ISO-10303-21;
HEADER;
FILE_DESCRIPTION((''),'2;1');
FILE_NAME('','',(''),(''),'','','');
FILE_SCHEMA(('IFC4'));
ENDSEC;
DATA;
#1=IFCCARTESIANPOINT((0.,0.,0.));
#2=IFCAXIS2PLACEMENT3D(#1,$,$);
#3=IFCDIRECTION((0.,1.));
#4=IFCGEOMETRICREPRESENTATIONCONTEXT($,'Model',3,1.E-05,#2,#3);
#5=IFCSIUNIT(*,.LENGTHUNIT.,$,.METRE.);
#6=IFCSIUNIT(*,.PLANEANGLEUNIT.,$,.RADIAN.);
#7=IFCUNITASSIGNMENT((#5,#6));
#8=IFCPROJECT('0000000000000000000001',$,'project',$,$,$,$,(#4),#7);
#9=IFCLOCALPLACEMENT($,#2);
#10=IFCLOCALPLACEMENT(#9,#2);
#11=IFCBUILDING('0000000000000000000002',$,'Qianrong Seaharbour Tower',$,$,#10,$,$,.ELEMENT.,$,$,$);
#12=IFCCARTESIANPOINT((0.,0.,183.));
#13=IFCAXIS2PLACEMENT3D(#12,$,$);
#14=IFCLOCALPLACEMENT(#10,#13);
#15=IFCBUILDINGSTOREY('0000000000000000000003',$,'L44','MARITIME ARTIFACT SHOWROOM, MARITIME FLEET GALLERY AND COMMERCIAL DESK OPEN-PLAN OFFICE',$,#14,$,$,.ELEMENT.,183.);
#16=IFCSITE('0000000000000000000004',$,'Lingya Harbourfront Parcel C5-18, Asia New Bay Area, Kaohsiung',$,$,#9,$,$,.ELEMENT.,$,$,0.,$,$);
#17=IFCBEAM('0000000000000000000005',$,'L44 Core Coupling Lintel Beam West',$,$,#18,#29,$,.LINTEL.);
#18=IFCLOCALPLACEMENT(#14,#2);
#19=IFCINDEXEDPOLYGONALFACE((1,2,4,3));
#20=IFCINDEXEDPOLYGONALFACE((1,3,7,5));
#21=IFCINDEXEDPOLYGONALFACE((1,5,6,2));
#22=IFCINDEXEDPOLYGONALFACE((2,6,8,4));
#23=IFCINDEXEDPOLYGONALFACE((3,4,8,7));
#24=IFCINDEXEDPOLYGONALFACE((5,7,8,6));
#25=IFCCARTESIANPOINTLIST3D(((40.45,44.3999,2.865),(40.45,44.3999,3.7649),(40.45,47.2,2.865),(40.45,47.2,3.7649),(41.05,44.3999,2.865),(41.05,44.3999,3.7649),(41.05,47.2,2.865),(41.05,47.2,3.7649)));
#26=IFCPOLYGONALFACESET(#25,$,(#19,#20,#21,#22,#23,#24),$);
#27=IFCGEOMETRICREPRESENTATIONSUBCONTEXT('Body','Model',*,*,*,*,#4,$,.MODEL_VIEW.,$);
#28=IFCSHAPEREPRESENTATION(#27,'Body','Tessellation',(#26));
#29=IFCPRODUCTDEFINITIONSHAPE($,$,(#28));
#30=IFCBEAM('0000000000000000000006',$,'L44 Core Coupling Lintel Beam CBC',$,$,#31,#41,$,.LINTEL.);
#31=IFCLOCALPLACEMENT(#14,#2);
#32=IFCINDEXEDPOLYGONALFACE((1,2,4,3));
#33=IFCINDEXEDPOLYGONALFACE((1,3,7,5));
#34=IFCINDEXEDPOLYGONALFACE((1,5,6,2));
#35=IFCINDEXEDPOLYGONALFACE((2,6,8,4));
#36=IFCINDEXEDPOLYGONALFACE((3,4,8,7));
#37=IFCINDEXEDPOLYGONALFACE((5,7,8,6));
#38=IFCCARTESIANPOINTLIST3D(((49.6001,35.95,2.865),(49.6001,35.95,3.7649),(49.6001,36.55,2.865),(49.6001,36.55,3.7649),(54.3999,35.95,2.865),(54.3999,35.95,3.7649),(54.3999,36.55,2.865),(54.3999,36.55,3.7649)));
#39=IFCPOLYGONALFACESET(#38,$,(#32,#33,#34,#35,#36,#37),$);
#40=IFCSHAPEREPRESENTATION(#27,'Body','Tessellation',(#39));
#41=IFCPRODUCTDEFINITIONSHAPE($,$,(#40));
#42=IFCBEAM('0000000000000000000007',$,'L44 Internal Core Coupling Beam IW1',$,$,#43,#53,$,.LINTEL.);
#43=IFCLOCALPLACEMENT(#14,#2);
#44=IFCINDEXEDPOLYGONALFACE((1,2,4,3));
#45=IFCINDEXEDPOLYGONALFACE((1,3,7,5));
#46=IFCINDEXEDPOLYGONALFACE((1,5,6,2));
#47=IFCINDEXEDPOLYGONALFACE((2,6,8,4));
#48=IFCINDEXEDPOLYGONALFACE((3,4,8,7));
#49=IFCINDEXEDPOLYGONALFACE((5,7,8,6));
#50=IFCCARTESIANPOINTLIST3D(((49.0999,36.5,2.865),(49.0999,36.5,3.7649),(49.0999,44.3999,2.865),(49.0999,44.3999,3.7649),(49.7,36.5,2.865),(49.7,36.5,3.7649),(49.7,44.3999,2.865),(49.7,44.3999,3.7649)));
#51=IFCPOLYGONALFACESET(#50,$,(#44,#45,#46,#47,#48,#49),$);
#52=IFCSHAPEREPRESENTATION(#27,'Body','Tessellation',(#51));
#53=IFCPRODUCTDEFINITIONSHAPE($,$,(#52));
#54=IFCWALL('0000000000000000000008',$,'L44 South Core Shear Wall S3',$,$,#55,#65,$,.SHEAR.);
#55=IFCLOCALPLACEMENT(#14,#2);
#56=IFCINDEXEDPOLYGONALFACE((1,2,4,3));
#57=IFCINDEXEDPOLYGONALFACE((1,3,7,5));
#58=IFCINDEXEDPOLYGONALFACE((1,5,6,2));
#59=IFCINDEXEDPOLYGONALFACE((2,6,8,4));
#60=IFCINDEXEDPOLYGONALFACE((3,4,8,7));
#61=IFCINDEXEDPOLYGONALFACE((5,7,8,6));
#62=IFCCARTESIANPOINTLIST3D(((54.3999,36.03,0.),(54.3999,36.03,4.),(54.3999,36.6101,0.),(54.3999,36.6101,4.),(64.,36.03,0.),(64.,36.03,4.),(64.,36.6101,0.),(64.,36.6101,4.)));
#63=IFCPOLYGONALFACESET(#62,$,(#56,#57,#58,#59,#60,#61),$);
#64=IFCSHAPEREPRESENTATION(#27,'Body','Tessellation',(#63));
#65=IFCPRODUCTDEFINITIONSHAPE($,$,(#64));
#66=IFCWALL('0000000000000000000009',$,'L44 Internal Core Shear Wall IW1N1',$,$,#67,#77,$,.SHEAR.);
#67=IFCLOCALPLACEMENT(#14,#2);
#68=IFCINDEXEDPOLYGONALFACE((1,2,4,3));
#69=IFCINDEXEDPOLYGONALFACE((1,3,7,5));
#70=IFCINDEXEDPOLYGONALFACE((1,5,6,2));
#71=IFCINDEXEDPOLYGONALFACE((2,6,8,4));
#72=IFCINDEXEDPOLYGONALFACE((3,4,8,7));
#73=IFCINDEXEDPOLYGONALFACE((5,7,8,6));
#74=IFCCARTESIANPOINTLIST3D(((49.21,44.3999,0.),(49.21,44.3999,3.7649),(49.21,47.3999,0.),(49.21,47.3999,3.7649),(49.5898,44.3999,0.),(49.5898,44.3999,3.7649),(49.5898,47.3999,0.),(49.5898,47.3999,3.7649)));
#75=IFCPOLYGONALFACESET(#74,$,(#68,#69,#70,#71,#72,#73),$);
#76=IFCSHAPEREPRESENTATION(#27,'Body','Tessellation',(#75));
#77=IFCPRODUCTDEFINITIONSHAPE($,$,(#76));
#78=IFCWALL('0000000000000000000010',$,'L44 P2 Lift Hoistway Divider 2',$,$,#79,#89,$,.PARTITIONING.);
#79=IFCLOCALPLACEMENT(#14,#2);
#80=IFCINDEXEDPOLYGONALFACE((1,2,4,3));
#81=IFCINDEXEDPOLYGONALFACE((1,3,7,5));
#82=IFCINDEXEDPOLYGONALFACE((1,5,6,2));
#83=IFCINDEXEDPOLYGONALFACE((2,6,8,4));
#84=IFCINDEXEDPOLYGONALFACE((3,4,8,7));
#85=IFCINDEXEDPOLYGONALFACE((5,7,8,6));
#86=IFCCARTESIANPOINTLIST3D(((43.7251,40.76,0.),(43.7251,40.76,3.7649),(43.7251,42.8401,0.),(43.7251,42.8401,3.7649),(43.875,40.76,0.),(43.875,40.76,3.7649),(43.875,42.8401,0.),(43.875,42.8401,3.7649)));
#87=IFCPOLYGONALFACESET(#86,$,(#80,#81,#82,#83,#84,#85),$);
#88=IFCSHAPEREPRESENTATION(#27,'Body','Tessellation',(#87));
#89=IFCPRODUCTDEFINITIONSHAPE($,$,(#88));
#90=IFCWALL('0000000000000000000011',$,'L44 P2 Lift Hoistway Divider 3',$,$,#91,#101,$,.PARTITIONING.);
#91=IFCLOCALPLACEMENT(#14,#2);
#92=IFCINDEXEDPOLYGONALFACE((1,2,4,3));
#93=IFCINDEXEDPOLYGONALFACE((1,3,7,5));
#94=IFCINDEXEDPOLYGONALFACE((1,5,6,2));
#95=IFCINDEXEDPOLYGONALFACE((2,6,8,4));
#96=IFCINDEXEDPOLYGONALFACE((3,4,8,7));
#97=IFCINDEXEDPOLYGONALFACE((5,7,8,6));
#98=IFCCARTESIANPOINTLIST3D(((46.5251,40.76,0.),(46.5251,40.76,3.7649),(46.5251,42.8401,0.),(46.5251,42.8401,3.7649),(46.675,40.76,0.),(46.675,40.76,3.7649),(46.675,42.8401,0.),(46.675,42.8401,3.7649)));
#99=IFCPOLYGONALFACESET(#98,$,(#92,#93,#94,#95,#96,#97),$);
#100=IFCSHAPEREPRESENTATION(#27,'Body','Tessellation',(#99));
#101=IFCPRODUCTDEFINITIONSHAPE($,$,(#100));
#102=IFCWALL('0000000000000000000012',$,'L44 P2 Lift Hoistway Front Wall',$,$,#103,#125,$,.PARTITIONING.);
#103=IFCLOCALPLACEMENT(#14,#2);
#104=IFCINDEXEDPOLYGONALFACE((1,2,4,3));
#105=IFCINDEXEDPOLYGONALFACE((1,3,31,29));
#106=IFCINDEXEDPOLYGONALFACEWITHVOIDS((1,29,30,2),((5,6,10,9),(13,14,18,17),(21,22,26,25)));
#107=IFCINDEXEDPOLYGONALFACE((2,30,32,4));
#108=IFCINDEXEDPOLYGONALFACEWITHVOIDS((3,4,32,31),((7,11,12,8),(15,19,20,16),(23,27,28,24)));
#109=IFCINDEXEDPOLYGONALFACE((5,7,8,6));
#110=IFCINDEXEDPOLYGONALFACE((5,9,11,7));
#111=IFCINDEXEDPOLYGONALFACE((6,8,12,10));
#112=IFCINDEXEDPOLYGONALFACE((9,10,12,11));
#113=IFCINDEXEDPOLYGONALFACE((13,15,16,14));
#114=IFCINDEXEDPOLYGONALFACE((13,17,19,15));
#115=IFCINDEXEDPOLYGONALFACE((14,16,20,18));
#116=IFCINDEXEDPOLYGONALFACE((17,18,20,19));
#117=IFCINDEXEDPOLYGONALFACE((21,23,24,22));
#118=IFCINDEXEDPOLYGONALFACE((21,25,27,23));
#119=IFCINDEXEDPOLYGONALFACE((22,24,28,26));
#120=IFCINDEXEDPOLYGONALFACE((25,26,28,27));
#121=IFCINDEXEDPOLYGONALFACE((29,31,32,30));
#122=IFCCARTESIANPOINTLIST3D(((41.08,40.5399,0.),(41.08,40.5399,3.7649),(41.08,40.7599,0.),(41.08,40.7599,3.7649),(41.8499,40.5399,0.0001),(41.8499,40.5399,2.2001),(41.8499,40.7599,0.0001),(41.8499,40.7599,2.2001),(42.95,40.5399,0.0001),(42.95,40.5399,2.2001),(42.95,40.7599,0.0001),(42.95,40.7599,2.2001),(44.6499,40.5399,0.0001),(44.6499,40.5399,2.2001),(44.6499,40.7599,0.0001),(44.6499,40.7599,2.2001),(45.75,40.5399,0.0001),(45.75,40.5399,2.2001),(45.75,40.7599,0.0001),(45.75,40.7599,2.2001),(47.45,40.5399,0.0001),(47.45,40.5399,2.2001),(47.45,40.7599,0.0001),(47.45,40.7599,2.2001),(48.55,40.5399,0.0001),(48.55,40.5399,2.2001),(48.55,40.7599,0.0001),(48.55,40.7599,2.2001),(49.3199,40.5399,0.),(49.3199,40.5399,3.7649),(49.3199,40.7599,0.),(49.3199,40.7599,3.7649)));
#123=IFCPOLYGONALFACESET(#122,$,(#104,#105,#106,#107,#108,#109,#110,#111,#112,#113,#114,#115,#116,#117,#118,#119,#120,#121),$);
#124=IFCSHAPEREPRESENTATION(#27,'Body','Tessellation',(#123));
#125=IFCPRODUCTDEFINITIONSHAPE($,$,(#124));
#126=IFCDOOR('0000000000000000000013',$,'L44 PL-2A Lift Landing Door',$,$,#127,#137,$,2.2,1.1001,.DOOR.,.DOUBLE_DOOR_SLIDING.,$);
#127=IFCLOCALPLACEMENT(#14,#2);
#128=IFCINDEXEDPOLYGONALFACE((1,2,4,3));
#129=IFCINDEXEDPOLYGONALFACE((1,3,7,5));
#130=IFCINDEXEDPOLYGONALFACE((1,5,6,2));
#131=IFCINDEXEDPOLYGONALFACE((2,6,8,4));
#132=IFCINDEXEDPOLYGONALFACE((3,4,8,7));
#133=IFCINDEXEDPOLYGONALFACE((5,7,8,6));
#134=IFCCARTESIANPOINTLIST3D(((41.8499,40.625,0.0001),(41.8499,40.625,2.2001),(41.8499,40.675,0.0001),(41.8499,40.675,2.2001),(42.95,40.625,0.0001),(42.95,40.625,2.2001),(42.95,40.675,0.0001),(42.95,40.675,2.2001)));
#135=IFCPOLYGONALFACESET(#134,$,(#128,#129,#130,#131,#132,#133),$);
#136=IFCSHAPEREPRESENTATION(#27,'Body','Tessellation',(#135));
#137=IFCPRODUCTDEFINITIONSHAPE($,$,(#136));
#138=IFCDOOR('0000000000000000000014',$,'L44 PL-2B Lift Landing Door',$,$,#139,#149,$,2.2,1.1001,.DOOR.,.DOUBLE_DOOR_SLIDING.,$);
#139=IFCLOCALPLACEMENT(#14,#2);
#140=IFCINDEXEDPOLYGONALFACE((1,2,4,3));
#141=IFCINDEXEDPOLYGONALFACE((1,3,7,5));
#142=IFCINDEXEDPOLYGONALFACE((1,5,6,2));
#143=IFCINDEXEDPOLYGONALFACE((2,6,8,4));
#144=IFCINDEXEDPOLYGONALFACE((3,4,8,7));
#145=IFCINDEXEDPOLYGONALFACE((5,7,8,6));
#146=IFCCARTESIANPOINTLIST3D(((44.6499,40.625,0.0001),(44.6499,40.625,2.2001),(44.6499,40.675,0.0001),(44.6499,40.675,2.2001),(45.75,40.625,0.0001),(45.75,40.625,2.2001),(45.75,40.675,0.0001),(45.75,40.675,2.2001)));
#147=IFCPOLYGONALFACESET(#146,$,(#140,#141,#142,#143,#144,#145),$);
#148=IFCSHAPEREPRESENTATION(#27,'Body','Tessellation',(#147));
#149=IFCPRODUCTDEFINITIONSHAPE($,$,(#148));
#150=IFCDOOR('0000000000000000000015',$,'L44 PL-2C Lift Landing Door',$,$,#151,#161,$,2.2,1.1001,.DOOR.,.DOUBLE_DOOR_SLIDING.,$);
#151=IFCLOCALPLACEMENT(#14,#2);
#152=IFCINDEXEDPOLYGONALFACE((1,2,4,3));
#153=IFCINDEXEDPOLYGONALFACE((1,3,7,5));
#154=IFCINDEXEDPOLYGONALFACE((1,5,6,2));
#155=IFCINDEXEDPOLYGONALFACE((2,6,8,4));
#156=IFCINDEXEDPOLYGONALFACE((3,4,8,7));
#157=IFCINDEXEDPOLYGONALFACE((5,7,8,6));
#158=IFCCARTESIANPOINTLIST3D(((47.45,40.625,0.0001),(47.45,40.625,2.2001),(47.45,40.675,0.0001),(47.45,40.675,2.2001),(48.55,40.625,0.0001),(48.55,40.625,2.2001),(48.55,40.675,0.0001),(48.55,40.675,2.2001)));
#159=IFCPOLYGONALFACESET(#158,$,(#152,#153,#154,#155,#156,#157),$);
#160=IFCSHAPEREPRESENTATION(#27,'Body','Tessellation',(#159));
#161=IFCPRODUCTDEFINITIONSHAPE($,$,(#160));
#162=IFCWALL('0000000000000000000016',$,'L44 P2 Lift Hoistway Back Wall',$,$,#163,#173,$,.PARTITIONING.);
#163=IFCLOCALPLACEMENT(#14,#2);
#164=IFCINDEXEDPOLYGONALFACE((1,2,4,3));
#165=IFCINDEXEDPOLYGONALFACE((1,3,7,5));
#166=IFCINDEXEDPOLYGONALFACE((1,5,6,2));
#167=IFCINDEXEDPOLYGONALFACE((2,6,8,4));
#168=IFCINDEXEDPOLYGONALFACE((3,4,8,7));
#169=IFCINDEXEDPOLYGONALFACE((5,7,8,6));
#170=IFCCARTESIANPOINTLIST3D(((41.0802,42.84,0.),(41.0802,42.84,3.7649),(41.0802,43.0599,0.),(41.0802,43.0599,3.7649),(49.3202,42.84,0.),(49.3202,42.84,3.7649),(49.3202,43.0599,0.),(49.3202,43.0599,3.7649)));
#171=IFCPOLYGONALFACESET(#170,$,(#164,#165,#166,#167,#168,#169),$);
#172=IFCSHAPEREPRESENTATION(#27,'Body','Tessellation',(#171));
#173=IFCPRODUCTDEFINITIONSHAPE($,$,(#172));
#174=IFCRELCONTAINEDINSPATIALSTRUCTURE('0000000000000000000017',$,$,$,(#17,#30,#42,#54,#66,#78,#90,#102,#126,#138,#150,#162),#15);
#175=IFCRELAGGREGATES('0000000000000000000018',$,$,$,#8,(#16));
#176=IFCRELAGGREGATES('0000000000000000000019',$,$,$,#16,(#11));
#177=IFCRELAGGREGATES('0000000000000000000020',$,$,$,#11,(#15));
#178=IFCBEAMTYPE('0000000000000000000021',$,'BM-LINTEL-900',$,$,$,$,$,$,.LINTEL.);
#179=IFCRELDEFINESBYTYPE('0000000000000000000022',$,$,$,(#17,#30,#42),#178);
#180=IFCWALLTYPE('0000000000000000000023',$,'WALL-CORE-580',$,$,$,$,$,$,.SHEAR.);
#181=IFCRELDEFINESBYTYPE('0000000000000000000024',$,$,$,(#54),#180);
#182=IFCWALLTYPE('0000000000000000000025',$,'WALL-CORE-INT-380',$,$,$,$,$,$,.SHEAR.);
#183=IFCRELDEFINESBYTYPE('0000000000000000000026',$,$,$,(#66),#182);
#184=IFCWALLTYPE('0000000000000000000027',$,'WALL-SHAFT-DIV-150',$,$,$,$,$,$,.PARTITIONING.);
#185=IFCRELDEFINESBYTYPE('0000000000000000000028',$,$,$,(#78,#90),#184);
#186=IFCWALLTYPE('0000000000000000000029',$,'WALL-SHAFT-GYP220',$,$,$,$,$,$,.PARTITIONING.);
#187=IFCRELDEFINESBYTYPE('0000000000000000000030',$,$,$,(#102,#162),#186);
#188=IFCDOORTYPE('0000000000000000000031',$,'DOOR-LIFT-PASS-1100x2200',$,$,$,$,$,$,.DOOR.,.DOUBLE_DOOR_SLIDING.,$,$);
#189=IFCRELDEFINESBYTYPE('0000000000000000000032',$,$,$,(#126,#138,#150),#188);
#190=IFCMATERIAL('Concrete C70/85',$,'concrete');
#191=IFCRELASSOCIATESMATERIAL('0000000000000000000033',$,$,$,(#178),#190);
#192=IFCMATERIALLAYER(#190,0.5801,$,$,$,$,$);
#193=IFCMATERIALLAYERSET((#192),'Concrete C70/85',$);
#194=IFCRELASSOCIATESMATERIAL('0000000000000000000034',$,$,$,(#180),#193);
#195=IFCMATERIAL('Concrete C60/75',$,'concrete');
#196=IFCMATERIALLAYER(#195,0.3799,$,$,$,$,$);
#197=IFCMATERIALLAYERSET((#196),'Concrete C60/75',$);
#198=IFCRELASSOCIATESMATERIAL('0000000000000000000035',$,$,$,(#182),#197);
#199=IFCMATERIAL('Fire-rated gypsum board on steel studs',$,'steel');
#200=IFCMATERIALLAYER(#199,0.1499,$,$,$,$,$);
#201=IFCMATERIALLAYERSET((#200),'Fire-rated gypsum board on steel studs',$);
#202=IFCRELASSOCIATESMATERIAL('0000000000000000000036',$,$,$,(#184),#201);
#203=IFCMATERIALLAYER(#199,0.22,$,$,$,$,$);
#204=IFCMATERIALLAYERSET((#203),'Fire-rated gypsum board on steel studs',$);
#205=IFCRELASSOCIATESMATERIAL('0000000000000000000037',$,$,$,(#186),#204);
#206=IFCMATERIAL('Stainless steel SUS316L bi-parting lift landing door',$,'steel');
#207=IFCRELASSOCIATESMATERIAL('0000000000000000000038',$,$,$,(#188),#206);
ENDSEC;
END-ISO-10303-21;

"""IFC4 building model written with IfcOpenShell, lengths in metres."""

from ifc_helpers import new_model, si_unit, direction, frame, frame_2d, origin, origin_2d, place, context, subcontext, project, spatial, rectangle, extrude, material, layer, layer_set, material_profile, profile_set, type_object, element, fill, save


model = new_model("IFC4")

# Units and contexts
model_context = context("Model", 3, precision=1e-05, world=origin(), true_north=direction((0.0, 1.0)))
body_context = subcontext(model_context, "Body", "Model", "MODEL_VIEW")
ifc_project = project(units=[si_unit("LENGTHUNIT", "METRE"), si_unit("PLANEANGLEUNIT", "RADIAN")], contexts=[model_context])

# Site, building, storey
site_placement = place(None, origin())
site = spatial("IfcSite", under=ifc_project, at=site_placement, Name="Lingya Harbourfront Parcel C5-18, Asia New Bay Area, Kaohsiung", CompositionType="ELEMENT", RefElevation=0.0)
building_placement = place(site_placement, origin())
building = spatial("IfcBuilding", under=site, at=building_placement, Name="Qianrong Seaharbour Tower", CompositionType="ELEMENT")
storey_placement = place(building_placement, frame((0.0, 0.0, 183.0)))
storey = spatial("IfcBuildingStorey", under=building, at=storey_placement, Name="L44", Description="MARITIME ARTIFACT SHOWROOM, MARITIME FLEET GALLERY AND COMMERCIAL DESK OPEN-PLAN OFFICE", CompositionType="ELEMENT", Elevation=183.0)

# Beams
ifc_material_1 = material(Name="Concrete C70/85", Category="concrete")
ifc_material_profile = material_profile(ifc_material_1, rectangle(XDim=0.6001, YDim=0.8999, at=origin_2d()), Name="RC600x900")
ifc_profile_set = profile_set([ifc_material_profile], Name="Concrete C70/85")
beam_type = type_object("IfcBeamType", Name="BM-LINTEL-900", PredefinedType="LINTEL", material=ifc_profile_set)
beam_1_placement = place(storey_placement, frame((40.75, 44.3999, 3.3149), z_axis=(0.0, 1.0, 0.0), x_axis=(-1.0, 0.0, 0.0)))
element("IfcBeam", 1, at=beam_1_placement, inside=storey, type_object=beam_type, Name="L44 Core Coupling Lintel Beam West", PredefinedType="LINTEL", context=body_context, shape_type="SweptSolid", body=[
    extrude(rectangle(XDim=0.6001, YDim=0.8999, at=origin_2d()), origin(), (0.0, 0.0, 1.0), 2.8),
])
beam_2_placement = place(storey_placement, frame((49.6001, 36.25, 3.3149), z_axis=(1.0, 0.0, 0.0), x_axis=(0.0, 1.0, 0.0)))
element("IfcBeam", 2, at=beam_2_placement, inside=storey, type_object=beam_type, Name="L44 Core Coupling Lintel Beam CBC", PredefinedType="LINTEL", context=body_context, shape_type="SweptSolid", body=[
    extrude(rectangle(XDim=0.6001, YDim=0.8999, at=origin_2d()), origin(), (0.0, 0.0, 1.0), 4.7998),
])
beam_3_placement = place(storey_placement, frame((49.3999, 36.5, 3.3149), z_axis=(0.0, 1.0, 0.0), x_axis=(-1.0, 0.0, 0.0)))
element("IfcBeam", 3, at=beam_3_placement, inside=storey, type_object=beam_type, Name="L44 Internal Core Coupling Beam IW1", PredefinedType="LINTEL", context=body_context, shape_type="SweptSolid", body=[
    extrude(rectangle(XDim=0.6001, YDim=0.8999, at=origin_2d()), origin(), (0.0, 0.0, 1.0), 7.8999),
])

# Walls
ifc_layer_1 = layer(ifc_material_1, 0.5801)
ifc_layer_set_1 = layer_set([ifc_layer_1], Name="Concrete C70/85")
wall_type_1 = type_object("IfcWallType", Name="WALL-CORE-580", PredefinedType="SHEAR", material=ifc_layer_set_1)
wall_1_placement = place(storey_placement, frame((54.3999, 36.3201, 0.0), z_axis=(0.0, 0.0, 1.0), x_axis=(1.0, 0.0, 0.0)))
element("IfcWall", 4, at=wall_1_placement, inside=storey, type_object=wall_type_1, Name="L44 South Core Shear Wall S3", PredefinedType="SHEAR", context=body_context, shape_type="SweptSolid", body=[
    extrude(rectangle(XDim=9.6001, YDim=0.5801, at=frame_2d((4.8, 0.0))), origin(), (0.0, 0.0, 1.0), 4.0),
])
ifc_material_2 = material(Name="Concrete C60/75", Category="concrete")
ifc_layer_2 = layer(ifc_material_2, 0.3799)
ifc_layer_set_2 = layer_set([ifc_layer_2], Name="Concrete C60/75")
wall_type_2 = type_object("IfcWallType", Name="WALL-CORE-INT-380", PredefinedType="SHEAR", material=ifc_layer_set_2)
wall_2_placement = place(storey_placement, frame((49.3999, 44.3999, 0.0), z_axis=(0.0, 0.0, 1.0), x_axis=(0.0, 1.0, 0.0)))
element("IfcWall", 5, at=wall_2_placement, inside=storey, type_object=wall_type_2, Name="L44 Internal Core Shear Wall IW1N1", PredefinedType="SHEAR", context=body_context, shape_type="SweptSolid", body=[
    extrude(rectangle(XDim=3.0, YDim=0.3799, at=frame_2d((1.5, 0.0))), origin(), (0.0, 0.0, 1.0), 3.7649),
])

# Walls
ifc_material_3 = material(Name="Fire-rated gypsum board on steel studs", Category="steel")
ifc_layer_3 = layer(ifc_material_3, 0.1499)
ifc_layer_set_3 = layer_set([ifc_layer_3], Name="Fire-rated gypsum board on steel studs")
wall_type_3 = type_object("IfcWallType", Name="WALL-SHAFT-DIV-150", PredefinedType="PARTITIONING", material=ifc_layer_set_3)
for number, where, z_axis, x_axis, name in (
    (6, (43.8, 40.76, 0.0), (0.0, 0.0, 1.0), (0.0, 1.0, 0.0), "L44 P2 Lift Hoistway Divider 2"),
    (7, (46.6001, 40.76, 0.0), (0.0, 0.0, 1.0), (0.0, 1.0, 0.0), "L44 P2 Lift Hoistway Divider 3"),
):
    element("IfcWall", number, at=place(storey_placement, frame(where, z_axis=z_axis, x_axis=x_axis)), inside=storey, type_object=wall_type_3, Name=name, PredefinedType="PARTITIONING", context=body_context, shape_type="SweptSolid", body=[
        extrude(rectangle(XDim=2.0801, YDim=0.1499, at=frame_2d((1.04, 0.0))), origin(), (0.0, 0.0, 1.0), 3.7649),
    ])

# Wall, openings, doors
ifc_layer_4 = layer(ifc_material_3, 0.22)
ifc_layer_set_4 = layer_set([ifc_layer_4], Name="Fire-rated gypsum board on steel studs")
wall_type_4 = type_object("IfcWallType", Name="WALL-SHAFT-GYP220", PredefinedType="PARTITIONING", material=ifc_layer_set_4)
wall_3_placement = place(storey_placement, frame((49.3201, 40.6499, 0.0), z_axis=(0.0, 0.0, 1.0), x_axis=(-1.0, 0.0, 0.0)))
wall_3 = element("IfcWall", 8, at=wall_3_placement, inside=storey, type_object=wall_type_4, Name="L44 P2 Lift Hoistway Front Wall", PredefinedType="PARTITIONING", context=body_context, shape_type="SweptSolid", body=[
    extrude(rectangle(XDim=8.24, YDim=0.22, at=frame_2d((4.1201, 0.0))), origin(), (0.0, 0.0, 1.0), 3.7649),
])
opening_1_placement = place(wall_3_placement, frame((6.3701, 0.0, 0.0)))
opening_1 = element("IfcOpeningElement", 9, at=opening_1_placement, cuts=wall_3, PredefinedType="OPENING", context=body_context, shape_type="SweptSolid", body=[
    extrude(rectangle(XDim=1.1001, YDim=2.2, at=frame_2d((0.55, 1.1001))), frame((0.0, 0.1201, 0.0), z_axis=(0.0, -1.0, 0.0), x_axis=(1.0, 0.0, 0.0)), (0.0, 0.0, 1.0), 0.24),
])
opening_2_placement = place(wall_3_placement, frame((3.5701, 0.0, 0.0)))
opening_2 = element("IfcOpeningElement", 10, at=opening_2_placement, cuts=wall_3, PredefinedType="OPENING", context=body_context, shape_type="SweptSolid", body=[
    extrude(rectangle(XDim=1.1001, YDim=2.2, at=frame_2d((0.55, 1.1001))), frame((0.0, 0.1201, 0.0), z_axis=(0.0, -1.0, 0.0), x_axis=(1.0, 0.0, 0.0)), (0.0, 0.0, 1.0), 0.24),
])
opening_3_placement = place(wall_3_placement, frame((0.77, 0.0, 0.0)))
opening_3 = element("IfcOpeningElement", 11, at=opening_3_placement, cuts=wall_3, PredefinedType="OPENING", context=body_context, shape_type="SweptSolid", body=[
    extrude(rectangle(XDim=1.1001, YDim=2.2, at=frame_2d((0.55, 1.1001))), frame((0.0, 0.1201, 0.0), z_axis=(0.0, -1.0, 0.0), x_axis=(1.0, 0.0, 0.0)), (0.0, 0.0, 1.0), 0.24),
])
ifc_material_4 = material(Name="Stainless steel SUS316L bi-parting lift landing door", Category="steel")
door_type_1 = type_object("IfcDoorType", Name="DOOR-LIFT-PASS-1100x2200", OperationType="DOUBLE_DOOR_SLIDING", PredefinedType="DOOR", material=ifc_material_4)
door_1_placement = place(opening_1_placement, origin())
door_1 = element("IfcDoor", 12, at=door_1_placement, inside=storey, type_object=door_type_1, Name="L44 PL-2A Lift Landing Door", OperationType="DOUBLE_DOOR_SLIDING", OverallHeight=2.2, OverallWidth=1.1001, PredefinedType="DOOR", context=body_context, shape_type="SweptSolid", body=[
    extrude(rectangle(XDim=1.1001, YDim=2.2, at=frame_2d((0.55, 1.1001))), frame((0.0, 0.0249, 0.0), z_axis=(0.0, -1.0, 0.0), x_axis=(1.0, 0.0, 0.0)), (0.0, 0.0, 1.0), 0.05),
])
fill(opening_1, door_1)
door_2_placement = place(opening_2_placement, origin())
door_2 = element("IfcDoor", 13, at=door_2_placement, inside=storey, type_object=door_type_1, Name="L44 PL-2B Lift Landing Door", OperationType="DOUBLE_DOOR_SLIDING", OverallHeight=2.2, OverallWidth=1.1001, PredefinedType="DOOR", context=body_context, shape_type="SweptSolid", body=[
    extrude(rectangle(XDim=1.1001, YDim=2.2, at=frame_2d((0.55, 1.1001))), frame((0.0, 0.0249, 0.0), z_axis=(0.0, -1.0, 0.0), x_axis=(1.0, 0.0, 0.0)), (0.0, 0.0, 1.0), 0.05),
])
fill(opening_2, door_2)
door_3_placement = place(opening_3_placement, origin())
door_3 = element("IfcDoor", 14, at=door_3_placement, inside=storey, type_object=door_type_1, Name="L44 PL-2C Lift Landing Door", OperationType="DOUBLE_DOOR_SLIDING", OverallHeight=2.2, OverallWidth=1.1001, PredefinedType="DOOR", context=body_context, shape_type="SweptSolid", body=[
    extrude(rectangle(XDim=1.1001, YDim=2.2, at=frame_2d((0.55, 1.1001))), frame((0.0, 0.0249, 0.0), z_axis=(0.0, -1.0, 0.0), x_axis=(1.0, 0.0, 0.0)), (0.0, 0.0, 1.0), 0.05),
])
fill(opening_3, door_3)

# Wall
wall_4_placement = place(storey_placement, frame((41.0801, 42.95, 0.0), z_axis=(0.0, 0.0, 1.0), x_axis=(1.0, 0.0, 0.0)))
element("IfcWall", 15, at=wall_4_placement, inside=storey, type_object=wall_type_4, Name="L44 P2 Lift Hoistway Back Wall", PredefinedType="PARTITIONING", context=body_context, shape_type="SweptSolid", body=[
    extrude(rectangle(XDim=8.24, YDim=0.22, at=frame_2d((4.1201, 0.0))), origin(), (0.0, 0.0, 1.0), 3.7649),
])

save(model, "model.ifc")
